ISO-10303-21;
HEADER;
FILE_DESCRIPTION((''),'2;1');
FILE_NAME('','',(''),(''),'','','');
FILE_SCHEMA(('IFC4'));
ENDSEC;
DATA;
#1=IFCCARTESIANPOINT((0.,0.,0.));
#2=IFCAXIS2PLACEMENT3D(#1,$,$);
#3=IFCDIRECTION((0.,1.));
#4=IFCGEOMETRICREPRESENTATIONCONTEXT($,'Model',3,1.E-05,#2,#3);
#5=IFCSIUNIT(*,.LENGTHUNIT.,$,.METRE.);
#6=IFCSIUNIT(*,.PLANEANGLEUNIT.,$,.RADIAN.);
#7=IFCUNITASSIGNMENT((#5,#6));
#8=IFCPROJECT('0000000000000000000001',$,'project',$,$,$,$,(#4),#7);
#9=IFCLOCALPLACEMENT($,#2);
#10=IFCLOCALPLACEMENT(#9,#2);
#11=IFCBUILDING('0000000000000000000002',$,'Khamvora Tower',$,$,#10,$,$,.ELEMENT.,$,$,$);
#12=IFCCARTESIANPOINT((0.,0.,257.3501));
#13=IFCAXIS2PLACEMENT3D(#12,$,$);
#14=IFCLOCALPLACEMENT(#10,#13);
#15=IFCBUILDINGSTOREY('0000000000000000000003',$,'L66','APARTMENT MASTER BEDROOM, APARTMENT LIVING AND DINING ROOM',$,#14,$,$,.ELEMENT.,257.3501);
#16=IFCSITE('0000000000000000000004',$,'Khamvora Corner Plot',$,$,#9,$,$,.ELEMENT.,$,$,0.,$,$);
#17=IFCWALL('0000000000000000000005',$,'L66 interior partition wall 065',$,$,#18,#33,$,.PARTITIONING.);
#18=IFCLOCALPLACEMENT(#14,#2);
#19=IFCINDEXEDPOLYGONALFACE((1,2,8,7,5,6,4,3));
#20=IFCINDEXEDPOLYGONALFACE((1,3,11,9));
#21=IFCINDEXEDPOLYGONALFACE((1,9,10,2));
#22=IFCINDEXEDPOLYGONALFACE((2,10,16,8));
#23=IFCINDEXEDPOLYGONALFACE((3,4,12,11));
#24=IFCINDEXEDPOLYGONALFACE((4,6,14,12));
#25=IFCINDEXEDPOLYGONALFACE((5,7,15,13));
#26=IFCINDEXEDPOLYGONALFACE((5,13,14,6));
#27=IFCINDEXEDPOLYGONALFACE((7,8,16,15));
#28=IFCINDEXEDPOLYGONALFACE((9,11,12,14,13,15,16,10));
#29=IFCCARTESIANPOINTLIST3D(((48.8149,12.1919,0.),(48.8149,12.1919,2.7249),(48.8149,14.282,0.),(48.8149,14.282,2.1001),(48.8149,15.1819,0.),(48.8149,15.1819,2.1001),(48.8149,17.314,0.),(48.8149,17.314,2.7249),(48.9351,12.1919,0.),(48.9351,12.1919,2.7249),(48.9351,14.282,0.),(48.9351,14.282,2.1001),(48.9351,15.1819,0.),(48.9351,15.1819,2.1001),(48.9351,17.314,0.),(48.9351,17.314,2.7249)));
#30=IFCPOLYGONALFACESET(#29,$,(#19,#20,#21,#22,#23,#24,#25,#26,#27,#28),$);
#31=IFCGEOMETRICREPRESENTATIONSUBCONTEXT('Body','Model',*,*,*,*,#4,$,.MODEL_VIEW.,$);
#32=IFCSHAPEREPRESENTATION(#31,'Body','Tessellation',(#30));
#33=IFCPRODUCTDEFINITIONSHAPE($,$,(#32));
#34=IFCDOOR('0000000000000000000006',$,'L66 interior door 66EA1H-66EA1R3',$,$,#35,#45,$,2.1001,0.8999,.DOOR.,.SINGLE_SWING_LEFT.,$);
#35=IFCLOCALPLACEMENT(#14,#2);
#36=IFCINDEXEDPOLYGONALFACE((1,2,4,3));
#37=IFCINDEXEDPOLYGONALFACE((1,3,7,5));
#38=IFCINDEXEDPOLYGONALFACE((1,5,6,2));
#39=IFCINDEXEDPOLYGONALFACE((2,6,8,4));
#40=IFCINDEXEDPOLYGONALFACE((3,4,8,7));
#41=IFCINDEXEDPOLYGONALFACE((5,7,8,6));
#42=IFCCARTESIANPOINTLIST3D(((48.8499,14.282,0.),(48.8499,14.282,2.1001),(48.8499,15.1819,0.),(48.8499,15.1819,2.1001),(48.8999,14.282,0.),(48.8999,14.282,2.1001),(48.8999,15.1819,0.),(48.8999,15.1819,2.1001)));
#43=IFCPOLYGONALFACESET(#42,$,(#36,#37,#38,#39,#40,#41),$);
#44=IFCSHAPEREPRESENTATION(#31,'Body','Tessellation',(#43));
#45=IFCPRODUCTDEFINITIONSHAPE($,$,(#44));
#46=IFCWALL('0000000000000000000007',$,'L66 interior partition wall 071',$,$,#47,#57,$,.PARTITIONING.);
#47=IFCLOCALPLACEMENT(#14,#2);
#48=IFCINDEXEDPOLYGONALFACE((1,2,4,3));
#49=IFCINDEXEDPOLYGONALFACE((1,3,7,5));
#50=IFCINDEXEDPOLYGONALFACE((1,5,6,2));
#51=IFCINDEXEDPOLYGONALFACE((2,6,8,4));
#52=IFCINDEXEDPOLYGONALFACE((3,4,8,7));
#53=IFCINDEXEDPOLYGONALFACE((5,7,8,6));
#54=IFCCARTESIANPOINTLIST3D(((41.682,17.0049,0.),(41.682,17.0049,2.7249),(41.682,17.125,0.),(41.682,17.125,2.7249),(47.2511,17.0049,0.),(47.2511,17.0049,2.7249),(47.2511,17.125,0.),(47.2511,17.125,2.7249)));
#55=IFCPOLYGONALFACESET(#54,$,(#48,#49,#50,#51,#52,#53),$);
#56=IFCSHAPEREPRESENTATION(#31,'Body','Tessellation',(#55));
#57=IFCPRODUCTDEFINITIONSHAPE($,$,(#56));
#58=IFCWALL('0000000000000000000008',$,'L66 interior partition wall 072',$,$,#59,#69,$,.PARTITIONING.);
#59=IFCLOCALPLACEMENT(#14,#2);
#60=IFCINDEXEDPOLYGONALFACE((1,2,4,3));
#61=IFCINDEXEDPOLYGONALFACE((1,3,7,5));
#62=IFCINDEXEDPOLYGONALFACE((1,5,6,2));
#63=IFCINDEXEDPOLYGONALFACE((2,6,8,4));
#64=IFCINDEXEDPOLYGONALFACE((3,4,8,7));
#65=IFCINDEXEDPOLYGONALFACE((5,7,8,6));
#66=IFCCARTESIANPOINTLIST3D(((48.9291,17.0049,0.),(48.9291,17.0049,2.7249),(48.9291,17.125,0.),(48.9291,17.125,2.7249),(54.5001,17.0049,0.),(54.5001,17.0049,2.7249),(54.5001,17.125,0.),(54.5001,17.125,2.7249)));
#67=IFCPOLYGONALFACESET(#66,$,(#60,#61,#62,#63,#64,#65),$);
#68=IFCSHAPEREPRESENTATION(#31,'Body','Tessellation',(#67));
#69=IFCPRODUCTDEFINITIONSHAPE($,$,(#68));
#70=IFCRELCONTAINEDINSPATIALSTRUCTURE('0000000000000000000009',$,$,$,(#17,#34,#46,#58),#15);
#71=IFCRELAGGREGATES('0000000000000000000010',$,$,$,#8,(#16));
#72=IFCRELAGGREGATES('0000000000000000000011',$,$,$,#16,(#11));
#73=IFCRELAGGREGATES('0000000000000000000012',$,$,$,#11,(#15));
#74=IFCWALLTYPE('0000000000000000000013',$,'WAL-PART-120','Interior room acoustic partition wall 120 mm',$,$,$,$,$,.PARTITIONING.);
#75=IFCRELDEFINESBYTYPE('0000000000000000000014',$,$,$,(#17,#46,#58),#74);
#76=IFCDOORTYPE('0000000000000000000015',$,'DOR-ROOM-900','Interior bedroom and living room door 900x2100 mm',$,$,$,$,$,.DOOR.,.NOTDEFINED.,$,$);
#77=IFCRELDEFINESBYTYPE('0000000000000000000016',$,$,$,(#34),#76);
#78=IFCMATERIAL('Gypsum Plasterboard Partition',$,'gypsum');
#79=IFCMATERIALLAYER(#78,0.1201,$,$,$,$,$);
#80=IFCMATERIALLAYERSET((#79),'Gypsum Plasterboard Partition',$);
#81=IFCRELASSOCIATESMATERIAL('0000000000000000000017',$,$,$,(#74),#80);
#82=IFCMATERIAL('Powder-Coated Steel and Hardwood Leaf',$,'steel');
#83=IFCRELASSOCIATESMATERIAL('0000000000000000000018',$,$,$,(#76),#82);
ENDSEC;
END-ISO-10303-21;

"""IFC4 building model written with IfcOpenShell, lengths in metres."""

from ifc_helpers import new_model, si_unit, direction, frame, frame_2d, origin, place, context, subcontext, project, spatial, rectangle, extrude, material, layer, layer_set, type_object, element, fill, save


model = new_model("IFC4")

# Units and contexts
model_context = context("Model", 3, precision=1e-05, world=origin(), true_north=direction((0.0, 1.0)))
body_context = subcontext(model_context, "Body", "Model", "MODEL_VIEW")
ifc_project = project(units=[si_unit("LENGTHUNIT", "METRE"), si_unit("PLANEANGLEUNIT", "RADIAN")], contexts=[model_context])

# Site, building, storey
site_placement = place(None, origin())
site = spatial("IfcSite", under=ifc_project, at=site_placement, Name="Khamvora Corner Plot", CompositionType="ELEMENT", RefElevation=0.0)
building_placement = place(site_placement, origin())
building = spatial("IfcBuilding", under=site, at=building_placement, Name="Khamvora Tower", CompositionType="ELEMENT")
storey_placement = place(building_placement, frame((0.0, 0.0, 257.3501)))
storey = spatial("IfcBuildingStorey", under=building, at=storey_placement, Name="L66", Description="APARTMENT MASTER BEDROOM, APARTMENT LIVING AND DINING ROOM", CompositionType="ELEMENT", Elevation=257.3501)

# Wall, opening, door
ifc_material_1 = material(Name="Gypsum Plasterboard Partition", Category="gypsum")
ifc_layer_1 = layer(ifc_material_1, 0.1201)
ifc_layer_set_1 = layer_set([ifc_layer_1], Name="Gypsum Plasterboard Partition")
wall_type_1 = type_object("IfcWallType", Name="WAL-PART-120", Description="Interior room acoustic partition wall 120 mm", PredefinedType="PARTITIONING", material=ifc_layer_set_1)
ifc_material_2 = material(Name="Powder-Coated Steel and Hardwood Leaf", Category="steel")
door_type = type_object("IfcDoorType", Name="DOR-ROOM-900", Description="Interior bedroom and living room door 900x2100 mm", OperationType="NOTDEFINED", PredefinedType="DOOR", material=ifc_material_2)
wall_1_placement = place(storey_placement, frame((48.875, 17.314, 0.0), z_axis=(0.0, 0.0, 1.0), x_axis=(0.0, -1.0, 0.0)))
wall_1 = element("IfcWall", 1, at=wall_1_placement, inside=storey, type_object=wall_type_1, Name="L66 interior partition wall 065", PredefinedType="PARTITIONING", context=body_context, shape_type="SweptSolid", body=[
    extrude(rectangle(XDim=5.1221, YDim=0.1201, at=frame_2d((2.561, 0.0))), origin(), (0.0, 0.0, 1.0), 2.7249),
])
opening_1_placement = place(wall_1_placement, frame((2.1321, 0.0, 0.0)))
opening_1 = element("IfcOpeningElement", 2, at=opening_1_placement, cuts=wall_1, PredefinedType="OPENING", context=body_context, shape_type="SweptSolid", body=[
    extrude(rectangle(XDim=0.8999, YDim=2.1001, at=frame_2d((0.45, 1.05))), frame((0.0, 0.0701, 0.0), z_axis=(0.0, -1.0, 0.0), x_axis=(1.0, 0.0, 0.0)), (0.0, 0.0, 1.0), 0.1401),
])
door_1_placement = place(opening_1_placement, origin())
door_1 = element("IfcDoor", 3, at=door_1_placement, inside=storey, type_object=door_type, Name="L66 interior door 66EA1H-66EA1R3", OperationType="SINGLE_SWING_LEFT", OverallHeight=2.1001, OverallWidth=0.8999, PredefinedType="DOOR", context=body_context, shape_type="SweptSolid", body=[
    extrude(rectangle(XDim=0.8999, YDim=2.1001, at=frame_2d((0.45, 1.05))), frame((0.0, 0.0249, 0.0), z_axis=(0.0, -1.0, 0.0), x_axis=(1.0, 0.0, 0.0)), (0.0, 0.0, 1.0), 0.05),
])
fill(opening_1, door_1)

# Walls
wall_2_placement = place(storey_placement, frame((41.6819, 17.0649, 0.0), z_axis=(0.0, 0.0, 1.0), x_axis=(1.0, 0.0, 0.0)))
element("IfcWall", 4, at=wall_2_placement, inside=storey, type_object=wall_type_1, Name="L66 interior partition wall 071", PredefinedType="PARTITIONING", context=body_context, shape_type="SweptSolid", body=[
    extrude(rectangle(XDim=5.5691, YDim=0.1201, at=frame_2d((2.7847, 0.0))), origin(), (0.0, 0.0, 1.0), 2.7249),
])
wall_3_placement = place(storey_placement, frame((48.929, 17.0649, 0.0), z_axis=(0.0, 0.0, 1.0), x_axis=(1.0, 0.0, 0.0)))
element("IfcWall", 5, at=wall_3_placement, inside=storey, type_object=wall_type_1, Name="L66 interior partition wall 072", PredefinedType="PARTITIONING", context=body_context, shape_type="SweptSolid", body=[
    extrude(rectangle(XDim=5.571, YDim=0.1201, at=frame_2d((2.7856, 0.0))), origin(), (0.0, 0.0, 1.0), 2.7249),
])

save(model, "model.ifc")
